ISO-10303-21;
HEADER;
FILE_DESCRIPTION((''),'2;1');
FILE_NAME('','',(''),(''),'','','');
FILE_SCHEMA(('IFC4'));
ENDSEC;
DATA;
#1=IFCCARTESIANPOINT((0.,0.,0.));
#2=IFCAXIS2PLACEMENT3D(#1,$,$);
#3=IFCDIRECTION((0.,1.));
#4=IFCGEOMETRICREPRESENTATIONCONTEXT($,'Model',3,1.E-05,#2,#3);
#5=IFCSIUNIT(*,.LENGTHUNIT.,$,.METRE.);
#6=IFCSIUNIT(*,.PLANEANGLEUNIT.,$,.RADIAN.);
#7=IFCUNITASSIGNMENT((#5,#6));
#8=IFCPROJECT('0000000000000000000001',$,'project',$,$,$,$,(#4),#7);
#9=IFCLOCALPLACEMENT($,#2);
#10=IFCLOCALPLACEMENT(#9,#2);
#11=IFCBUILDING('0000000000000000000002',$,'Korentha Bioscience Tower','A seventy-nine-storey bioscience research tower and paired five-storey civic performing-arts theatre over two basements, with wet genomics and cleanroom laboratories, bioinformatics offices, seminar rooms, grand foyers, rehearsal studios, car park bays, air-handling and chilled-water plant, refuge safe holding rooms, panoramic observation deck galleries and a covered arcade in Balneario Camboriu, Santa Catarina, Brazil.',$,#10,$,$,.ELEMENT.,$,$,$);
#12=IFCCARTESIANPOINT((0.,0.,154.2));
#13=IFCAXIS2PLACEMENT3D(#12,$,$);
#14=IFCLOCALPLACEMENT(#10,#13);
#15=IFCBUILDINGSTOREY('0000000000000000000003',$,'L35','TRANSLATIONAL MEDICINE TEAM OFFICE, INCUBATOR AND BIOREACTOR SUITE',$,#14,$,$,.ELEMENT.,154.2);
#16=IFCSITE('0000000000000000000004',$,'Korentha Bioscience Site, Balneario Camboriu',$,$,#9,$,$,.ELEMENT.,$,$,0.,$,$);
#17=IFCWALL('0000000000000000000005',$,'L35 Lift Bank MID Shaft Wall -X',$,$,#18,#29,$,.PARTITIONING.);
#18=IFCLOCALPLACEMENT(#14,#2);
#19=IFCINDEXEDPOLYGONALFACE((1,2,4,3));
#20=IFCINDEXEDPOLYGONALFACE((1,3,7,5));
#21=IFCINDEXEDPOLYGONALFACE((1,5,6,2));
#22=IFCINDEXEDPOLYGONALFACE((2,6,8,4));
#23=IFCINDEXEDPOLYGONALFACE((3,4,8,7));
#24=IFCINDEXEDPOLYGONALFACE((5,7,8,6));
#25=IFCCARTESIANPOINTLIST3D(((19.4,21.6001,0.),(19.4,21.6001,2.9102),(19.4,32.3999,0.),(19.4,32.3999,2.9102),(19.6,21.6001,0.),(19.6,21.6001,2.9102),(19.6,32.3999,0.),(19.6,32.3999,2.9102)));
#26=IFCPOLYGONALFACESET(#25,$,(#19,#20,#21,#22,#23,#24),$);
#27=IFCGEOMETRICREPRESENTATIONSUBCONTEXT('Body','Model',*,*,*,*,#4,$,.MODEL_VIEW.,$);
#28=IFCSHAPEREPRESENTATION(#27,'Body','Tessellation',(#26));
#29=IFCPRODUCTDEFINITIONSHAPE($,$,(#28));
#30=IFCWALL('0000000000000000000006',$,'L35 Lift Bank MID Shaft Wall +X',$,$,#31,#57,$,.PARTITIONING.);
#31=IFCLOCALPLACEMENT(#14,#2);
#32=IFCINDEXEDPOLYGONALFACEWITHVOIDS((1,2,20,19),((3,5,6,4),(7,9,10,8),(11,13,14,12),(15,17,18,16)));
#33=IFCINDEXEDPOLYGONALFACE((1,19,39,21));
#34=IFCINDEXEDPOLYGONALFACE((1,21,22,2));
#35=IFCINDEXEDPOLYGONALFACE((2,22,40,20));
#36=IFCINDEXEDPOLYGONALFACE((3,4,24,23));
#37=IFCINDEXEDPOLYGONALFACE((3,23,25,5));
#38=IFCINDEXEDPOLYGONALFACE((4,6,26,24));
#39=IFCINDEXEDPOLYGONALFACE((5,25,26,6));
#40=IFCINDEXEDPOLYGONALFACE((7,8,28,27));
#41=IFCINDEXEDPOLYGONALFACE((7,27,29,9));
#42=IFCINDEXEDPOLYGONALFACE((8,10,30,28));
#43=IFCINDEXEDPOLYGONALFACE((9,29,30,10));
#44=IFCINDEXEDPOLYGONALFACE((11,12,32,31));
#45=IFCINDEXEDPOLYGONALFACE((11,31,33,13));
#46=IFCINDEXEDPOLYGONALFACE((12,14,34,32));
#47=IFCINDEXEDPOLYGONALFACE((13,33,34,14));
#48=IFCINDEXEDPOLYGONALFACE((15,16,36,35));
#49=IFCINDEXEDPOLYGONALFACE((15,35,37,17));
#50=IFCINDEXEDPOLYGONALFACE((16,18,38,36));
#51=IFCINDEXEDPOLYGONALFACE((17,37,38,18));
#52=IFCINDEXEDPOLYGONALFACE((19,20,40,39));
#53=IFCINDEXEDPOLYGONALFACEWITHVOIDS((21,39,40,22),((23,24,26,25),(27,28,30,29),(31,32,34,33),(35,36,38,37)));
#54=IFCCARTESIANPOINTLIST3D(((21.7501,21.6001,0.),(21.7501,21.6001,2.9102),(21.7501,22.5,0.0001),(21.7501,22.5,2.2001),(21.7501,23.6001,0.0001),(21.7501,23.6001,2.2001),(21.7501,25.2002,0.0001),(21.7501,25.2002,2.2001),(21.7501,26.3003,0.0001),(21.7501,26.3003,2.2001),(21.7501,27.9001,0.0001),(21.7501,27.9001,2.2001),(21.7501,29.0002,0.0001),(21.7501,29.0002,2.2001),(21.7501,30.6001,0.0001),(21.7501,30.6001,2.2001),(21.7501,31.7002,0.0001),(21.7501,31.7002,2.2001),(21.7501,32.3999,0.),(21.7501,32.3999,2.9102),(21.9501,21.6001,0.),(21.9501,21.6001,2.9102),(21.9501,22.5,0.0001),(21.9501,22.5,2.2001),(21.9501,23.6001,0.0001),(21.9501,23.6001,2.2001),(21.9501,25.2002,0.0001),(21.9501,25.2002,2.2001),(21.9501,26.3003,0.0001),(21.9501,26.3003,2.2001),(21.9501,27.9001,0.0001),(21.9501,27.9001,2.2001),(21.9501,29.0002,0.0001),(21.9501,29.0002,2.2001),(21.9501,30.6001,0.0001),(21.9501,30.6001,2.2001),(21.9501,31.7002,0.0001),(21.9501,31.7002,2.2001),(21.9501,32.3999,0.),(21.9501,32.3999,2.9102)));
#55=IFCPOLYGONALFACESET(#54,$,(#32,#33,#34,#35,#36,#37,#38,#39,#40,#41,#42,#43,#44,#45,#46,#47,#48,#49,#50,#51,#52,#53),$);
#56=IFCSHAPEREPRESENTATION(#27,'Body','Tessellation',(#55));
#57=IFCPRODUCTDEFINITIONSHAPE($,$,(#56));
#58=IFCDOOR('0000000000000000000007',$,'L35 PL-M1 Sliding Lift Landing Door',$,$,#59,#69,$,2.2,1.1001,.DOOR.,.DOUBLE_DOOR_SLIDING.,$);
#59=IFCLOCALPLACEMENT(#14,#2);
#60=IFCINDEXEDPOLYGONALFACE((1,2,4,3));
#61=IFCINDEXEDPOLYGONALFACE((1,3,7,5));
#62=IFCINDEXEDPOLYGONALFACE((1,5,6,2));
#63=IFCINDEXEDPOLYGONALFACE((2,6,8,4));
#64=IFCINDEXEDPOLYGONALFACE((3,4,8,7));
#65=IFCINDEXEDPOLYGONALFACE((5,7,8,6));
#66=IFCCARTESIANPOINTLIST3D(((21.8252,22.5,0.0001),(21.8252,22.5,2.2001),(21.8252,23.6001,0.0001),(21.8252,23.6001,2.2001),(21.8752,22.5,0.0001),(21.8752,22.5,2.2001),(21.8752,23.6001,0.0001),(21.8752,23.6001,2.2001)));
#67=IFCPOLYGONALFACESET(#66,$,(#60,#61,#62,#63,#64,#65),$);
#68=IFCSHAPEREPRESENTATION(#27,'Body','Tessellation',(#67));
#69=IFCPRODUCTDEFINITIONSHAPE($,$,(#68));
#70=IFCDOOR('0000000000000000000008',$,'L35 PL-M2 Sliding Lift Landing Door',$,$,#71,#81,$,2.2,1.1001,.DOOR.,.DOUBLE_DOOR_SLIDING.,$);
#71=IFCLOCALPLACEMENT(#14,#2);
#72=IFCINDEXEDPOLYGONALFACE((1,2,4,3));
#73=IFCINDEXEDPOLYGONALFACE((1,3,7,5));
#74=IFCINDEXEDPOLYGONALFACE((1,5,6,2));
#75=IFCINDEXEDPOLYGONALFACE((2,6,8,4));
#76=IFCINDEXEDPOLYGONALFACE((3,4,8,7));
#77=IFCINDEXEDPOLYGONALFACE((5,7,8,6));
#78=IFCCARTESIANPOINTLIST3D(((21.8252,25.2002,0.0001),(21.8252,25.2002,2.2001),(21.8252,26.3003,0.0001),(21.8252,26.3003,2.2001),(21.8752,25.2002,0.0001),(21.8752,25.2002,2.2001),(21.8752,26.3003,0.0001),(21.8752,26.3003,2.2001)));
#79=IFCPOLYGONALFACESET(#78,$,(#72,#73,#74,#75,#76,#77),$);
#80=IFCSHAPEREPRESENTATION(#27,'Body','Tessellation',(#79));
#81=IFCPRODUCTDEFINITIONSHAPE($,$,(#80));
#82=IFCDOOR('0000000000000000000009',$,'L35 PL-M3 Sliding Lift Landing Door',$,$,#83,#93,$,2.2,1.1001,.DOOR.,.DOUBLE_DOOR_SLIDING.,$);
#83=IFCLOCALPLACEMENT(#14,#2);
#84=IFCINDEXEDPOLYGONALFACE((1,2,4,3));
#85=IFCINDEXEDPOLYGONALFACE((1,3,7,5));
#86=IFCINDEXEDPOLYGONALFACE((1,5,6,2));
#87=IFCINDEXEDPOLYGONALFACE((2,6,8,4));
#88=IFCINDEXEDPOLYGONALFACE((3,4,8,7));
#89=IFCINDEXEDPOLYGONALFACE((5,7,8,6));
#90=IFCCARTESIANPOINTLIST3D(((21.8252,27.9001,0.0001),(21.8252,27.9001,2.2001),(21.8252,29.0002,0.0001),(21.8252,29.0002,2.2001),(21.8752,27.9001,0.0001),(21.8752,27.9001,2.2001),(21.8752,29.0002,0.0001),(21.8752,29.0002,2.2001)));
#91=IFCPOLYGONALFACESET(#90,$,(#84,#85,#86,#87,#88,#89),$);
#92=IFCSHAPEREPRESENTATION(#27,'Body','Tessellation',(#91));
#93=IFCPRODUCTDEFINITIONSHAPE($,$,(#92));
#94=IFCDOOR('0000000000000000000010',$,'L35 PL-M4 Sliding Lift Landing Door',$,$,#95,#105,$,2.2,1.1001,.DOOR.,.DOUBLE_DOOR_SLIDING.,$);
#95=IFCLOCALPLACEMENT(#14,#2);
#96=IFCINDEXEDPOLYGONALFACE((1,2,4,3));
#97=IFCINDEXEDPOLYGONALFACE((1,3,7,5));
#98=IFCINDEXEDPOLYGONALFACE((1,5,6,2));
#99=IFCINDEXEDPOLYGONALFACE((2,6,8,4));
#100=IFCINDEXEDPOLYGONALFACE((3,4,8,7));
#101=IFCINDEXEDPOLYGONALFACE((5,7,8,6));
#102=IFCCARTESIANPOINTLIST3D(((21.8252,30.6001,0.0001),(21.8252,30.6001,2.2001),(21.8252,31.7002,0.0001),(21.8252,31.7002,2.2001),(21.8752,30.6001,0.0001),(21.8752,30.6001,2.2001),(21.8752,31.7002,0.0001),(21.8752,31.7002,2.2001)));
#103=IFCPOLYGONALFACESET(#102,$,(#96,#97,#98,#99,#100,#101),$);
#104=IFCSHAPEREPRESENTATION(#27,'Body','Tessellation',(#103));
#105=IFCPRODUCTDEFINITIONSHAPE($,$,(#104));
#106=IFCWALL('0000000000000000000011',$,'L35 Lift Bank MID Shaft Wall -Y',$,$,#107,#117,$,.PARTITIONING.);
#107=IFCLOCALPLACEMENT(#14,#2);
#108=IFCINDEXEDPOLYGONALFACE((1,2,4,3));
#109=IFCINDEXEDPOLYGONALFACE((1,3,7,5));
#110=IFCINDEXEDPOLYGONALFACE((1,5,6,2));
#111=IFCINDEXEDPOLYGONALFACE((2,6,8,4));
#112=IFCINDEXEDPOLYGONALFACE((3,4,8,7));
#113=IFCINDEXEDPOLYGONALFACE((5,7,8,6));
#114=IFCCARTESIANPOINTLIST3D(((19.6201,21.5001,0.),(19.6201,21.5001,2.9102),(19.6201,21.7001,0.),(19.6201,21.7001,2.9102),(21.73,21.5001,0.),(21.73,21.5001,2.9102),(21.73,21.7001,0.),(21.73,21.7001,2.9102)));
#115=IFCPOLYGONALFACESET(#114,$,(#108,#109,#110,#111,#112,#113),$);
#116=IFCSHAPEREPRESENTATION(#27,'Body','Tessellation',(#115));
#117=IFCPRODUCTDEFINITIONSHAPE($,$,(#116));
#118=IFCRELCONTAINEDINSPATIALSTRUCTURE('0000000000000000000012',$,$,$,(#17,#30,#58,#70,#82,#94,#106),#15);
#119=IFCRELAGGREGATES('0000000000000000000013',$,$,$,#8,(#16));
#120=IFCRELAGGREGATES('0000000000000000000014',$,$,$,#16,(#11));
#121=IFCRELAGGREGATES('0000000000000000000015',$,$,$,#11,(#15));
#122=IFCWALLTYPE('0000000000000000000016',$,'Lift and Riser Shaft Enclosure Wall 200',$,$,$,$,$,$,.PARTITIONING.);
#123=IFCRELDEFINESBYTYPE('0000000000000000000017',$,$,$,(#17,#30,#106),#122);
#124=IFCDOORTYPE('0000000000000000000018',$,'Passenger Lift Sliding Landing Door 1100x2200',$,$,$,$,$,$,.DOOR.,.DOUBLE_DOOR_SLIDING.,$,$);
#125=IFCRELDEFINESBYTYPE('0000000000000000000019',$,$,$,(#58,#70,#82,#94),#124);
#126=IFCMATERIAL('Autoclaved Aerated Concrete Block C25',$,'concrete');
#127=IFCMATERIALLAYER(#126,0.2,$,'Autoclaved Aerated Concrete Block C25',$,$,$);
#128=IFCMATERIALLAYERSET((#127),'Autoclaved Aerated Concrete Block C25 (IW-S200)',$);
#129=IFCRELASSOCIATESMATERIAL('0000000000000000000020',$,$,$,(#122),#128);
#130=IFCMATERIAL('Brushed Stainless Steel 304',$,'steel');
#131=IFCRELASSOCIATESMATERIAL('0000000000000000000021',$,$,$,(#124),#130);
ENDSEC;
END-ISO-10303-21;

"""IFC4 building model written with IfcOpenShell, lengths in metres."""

from ifc_helpers import new_model, si_unit, direction, frame, frame_2d, origin, place, context, subcontext, project, spatial, rectangle, extrude, material, layer, layer_set, type_object, element, fill, save


model = new_model("IFC4")

# Units and contexts
model_context = context("Model", 3, precision=1e-05, world=origin(), true_north=direction((0.0, 1.0)))
body_context = subcontext(model_context, "Body", "Model", "MODEL_VIEW")
ifc_project = project(units=[si_unit("LENGTHUNIT", "METRE"), si_unit("PLANEANGLEUNIT", "RADIAN")], contexts=[model_context])

# Site, building, storey
site_placement = place(None, origin())
site = spatial("IfcSite", under=ifc_project, at=site_placement, Name="Korentha Bioscience Site, Balneario Camboriu", CompositionType="ELEMENT", RefElevation=0.0)
building_placement = place(site_placement, origin())
building = spatial("IfcBuilding", under=site, at=building_placement, Name="Korentha Bioscience Tower", Description="A seventy-nine-storey bioscience research tower and paired five-storey civic performing-arts theatre over two basements, with wet genomics and cleanroom laboratories, bioinformatics offices, seminar rooms, grand foyers, rehearsal studios, car park bays, air-handling and chilled-water plant, refuge safe holding rooms, panoramic observation deck galleries and a covered arcade in Balneario Camboriu, Santa Catarina, Brazil.", CompositionType="ELEMENT")
storey_placement = place(building_placement, frame((0.0, 0.0, 154.2)))
storey = spatial("IfcBuildingStorey", under=building, at=storey_placement, Name="L35", Description="TRANSLATIONAL MEDICINE TEAM OFFICE, INCUBATOR AND BIOREACTOR SUITE", CompositionType="ELEMENT", Elevation=154.2)

# Wall
ifc_material_1 = material(Name="Autoclaved Aerated Concrete Block C25", Category="concrete")
ifc_layer_1 = layer(ifc_material_1, 0.2, Name="Autoclaved Aerated Concrete Block C25")
ifc_layer_set_1 = layer_set([ifc_layer_1], Name="Autoclaved Aerated Concrete Block C25 (IW-S200)")
wall_type_1 = type_object("IfcWallType", Name="Lift and Riser Shaft Enclosure Wall 200", PredefinedType="PARTITIONING", material=ifc_layer_set_1)
wall_1_placement = place(storey_placement, frame((19.5, 21.6001, 0.0), z_axis=(0.0, 0.0, 1.0), x_axis=(0.0, 1.0, 0.0)))
element("IfcWall", 1, at=wall_1_placement, inside=storey, type_object=wall_type_1, Name="L35 Lift Bank MID Shaft Wall -X", PredefinedType="PARTITIONING", context=body_context, shape_type="SweptSolid", body=[
    extrude(rectangle(XDim=10.7998, YDim=0.2, at=frame_2d((5.3999, 0.0))), origin(), (0.0, 0.0, 1.0), 2.9102),
])

# Wall, openings, doors
wall_2_placement = place(storey_placement, frame((21.8501, 21.6001, 0.0), z_axis=(0.0, 0.0, 1.0), x_axis=(0.0, 1.0, 0.0)))
wall_2 = element("IfcWall", 2, at=wall_2_placement, inside=storey, type_object=wall_type_1, Name="L35 Lift Bank MID Shaft Wall +X", PredefinedType="PARTITIONING", context=body_context, shape_type="SweptSolid", body=[
    extrude(rectangle(XDim=10.7998, YDim=0.2, at=frame_2d((5.3999, 0.0))), origin(), (0.0, 0.0, 1.0), 2.9102),
])
opening_1_placement = place(wall_2_placement, frame((0.8999, 0.0, 0.0)))
opening_1 = element("IfcOpeningElement", 3, at=opening_1_placement, cuts=wall_2, PredefinedType="OPENING", context=body_context, shape_type="SweptSolid", body=[
    extrude(rectangle(XDim=1.1001, YDim=2.2, at=frame_2d((0.55, 1.1001))), frame((0.0, 0.1147, 0.0), z_axis=(0.0, -1.0, 0.0), x_axis=(1.0, 0.0, 0.0)), (0.0, 0.0, 1.0), 0.2297),
])
opening_2_placement = place(wall_2_placement, frame((3.6001, 0.0, 0.0)))
opening_2 = element("IfcOpeningElement", 4, at=opening_2_placement, cuts=wall_2, PredefinedType="OPENING", context=body_context, shape_type="SweptSolid", body=[
    extrude(rectangle(XDim=1.1001, YDim=2.2, at=frame_2d((0.55, 1.1001))), frame((0.0, 0.1147, 0.0), z_axis=(0.0, -1.0, 0.0), x_axis=(1.0, 0.0, 0.0)), (0.0, 0.0, 1.0), 0.2297),
])
opening_3_placement = place(wall_2_placement, frame((6.3, 0.0, 0.0)))
opening_3 = element("IfcOpeningElement", 5, at=opening_3_placement, cuts=wall_2, PredefinedType="OPENING", context=body_context, shape_type="SweptSolid", body=[
    extrude(rectangle(XDim=1.1001, YDim=2.2, at=frame_2d((0.55, 1.1001))), frame((0.0, 0.1147, 0.0), z_axis=(0.0, -1.0, 0.0), x_axis=(1.0, 0.0, 0.0)), (0.0, 0.0, 1.0), 0.2297),
])
opening_4_placement = place(wall_2_placement, frame((9.0, 0.0, 0.0)))
opening_4 = element("IfcOpeningElement", 6, at=opening_4_placement, cuts=wall_2, PredefinedType="OPENING", context=body_context, shape_type="SweptSolid", body=[
    extrude(rectangle(XDim=1.1001, YDim=2.2, at=frame_2d((0.55, 1.1001))), frame((0.0, 0.1147, 0.0), z_axis=(0.0, -1.0, 0.0), x_axis=(1.0, 0.0, 0.0)), (0.0, 0.0, 1.0), 0.2297),
])
ifc_material_2 = material(Name="Brushed Stainless Steel 304", Category="steel")
door_type_1 = type_object("IfcDoorType", Name="Passenger Lift Sliding Landing Door 1100x2200", OperationType="DOUBLE_DOOR_SLIDING", PredefinedType="DOOR", material=ifc_material_2)
door_1_placement = place(opening_1_placement, origin())
door_1 = element("IfcDoor", 7, at=door_1_placement, inside=storey, type_object=door_type_1, Name="L35 PL-M1 Sliding Lift Landing Door", OperationType="DOUBLE_DOOR_SLIDING", OverallHeight=2.2, OverallWidth=1.1001, PredefinedType="DOOR", context=body_context, shape_type="SweptSolid", body=[
    extrude(rectangle(XDim=1.1001, YDim=2.2, at=frame_2d((0.55, 1.1001))), frame((0.0, 0.0249, 0.0), z_axis=(0.0, -1.0, 0.0), x_axis=(1.0, 0.0, 0.0)), (0.0, 0.0, 1.0), 0.05),
])
fill(opening_1, door_1)
door_2_placement = place(opening_2_placement, origin())
door_2 = element("IfcDoor", 8, at=door_2_placement, inside=storey, type_object=door_type_1, Name="L35 PL-M2 Sliding Lift Landing Door", OperationType="DOUBLE_DOOR_SLIDING", OverallHeight=2.2, OverallWidth=1.1001, PredefinedType="DOOR", context=body_context, shape_type="SweptSolid", body=[
    extrude(rectangle(XDim=1.1001, YDim=2.2, at=frame_2d((0.55, 1.1001))), frame((0.0, 0.0249, 0.0), z_axis=(0.0, -1.0, 0.0), x_axis=(1.0, 0.0, 0.0)), (0.0, 0.0, 1.0), 0.05),
])
fill(opening_2, door_2)
door_3_placement = place(opening_3_placement, origin())
door_3 = element("IfcDoor", 9, at=door_3_placement, inside=storey, type_object=door_type_1, Name="L35 PL-M3 Sliding Lift Landing Door", OperationType="DOUBLE_DOOR_SLIDING", OverallHeight=2.2, OverallWidth=1.1001, PredefinedType="DOOR", context=body_context, shape_type="SweptSolid", body=[
    extrude(rectangle(XDim=1.1001, YDim=2.2, at=frame_2d((0.55, 1.1001))), frame((0.0, 0.0249, 0.0), z_axis=(0.0, -1.0, 0.0), x_axis=(1.0, 0.0, 0.0)), (0.0, 0.0, 1.0), 0.05),
])
fill(opening_3, door_3)
door_4_placement = place(opening_4_placement, origin())
door_4 = element("IfcDoor", 10, at=door_4_placement, inside=storey, type_object=door_type_1, Name="L35 PL-M4 Sliding Lift Landing Door", OperationType="DOUBLE_DOOR_SLIDING", OverallHeight=2.2, OverallWidth=1.1001, PredefinedType="DOOR", context=body_context, shape_type="SweptSolid", body=[
    extrude(rectangle(XDim=1.1001, YDim=2.2, at=frame_2d((0.55, 1.1001))), frame((0.0, 0.0249, 0.0), z_axis=(0.0, -1.0, 0.0), x_axis=(1.0, 0.0, 0.0)), (0.0, 0.0, 1.0), 0.05),
])
fill(opening_4, door_4)

# Wall
wall_3_placement = place(storey_placement, frame((19.6201, 21.6001, 0.0), z_axis=(0.0, 0.0, 1.0), x_axis=(1.0, 0.0, 0.0)))
element("IfcWall", 11, at=wall_3_placement, inside=storey, type_object=wall_type_1, Name="L35 Lift Bank MID Shaft Wall -Y", PredefinedType="PARTITIONING", context=body_context, shape_type="SweptSolid", body=[
    extrude(rectangle(XDim=2.1099, YDim=0.2, at=frame_2d((1.0549, 0.0))), origin(), (0.0, 0.0, 1.0), 2.9102),
])

save(model, "model.ifc")
